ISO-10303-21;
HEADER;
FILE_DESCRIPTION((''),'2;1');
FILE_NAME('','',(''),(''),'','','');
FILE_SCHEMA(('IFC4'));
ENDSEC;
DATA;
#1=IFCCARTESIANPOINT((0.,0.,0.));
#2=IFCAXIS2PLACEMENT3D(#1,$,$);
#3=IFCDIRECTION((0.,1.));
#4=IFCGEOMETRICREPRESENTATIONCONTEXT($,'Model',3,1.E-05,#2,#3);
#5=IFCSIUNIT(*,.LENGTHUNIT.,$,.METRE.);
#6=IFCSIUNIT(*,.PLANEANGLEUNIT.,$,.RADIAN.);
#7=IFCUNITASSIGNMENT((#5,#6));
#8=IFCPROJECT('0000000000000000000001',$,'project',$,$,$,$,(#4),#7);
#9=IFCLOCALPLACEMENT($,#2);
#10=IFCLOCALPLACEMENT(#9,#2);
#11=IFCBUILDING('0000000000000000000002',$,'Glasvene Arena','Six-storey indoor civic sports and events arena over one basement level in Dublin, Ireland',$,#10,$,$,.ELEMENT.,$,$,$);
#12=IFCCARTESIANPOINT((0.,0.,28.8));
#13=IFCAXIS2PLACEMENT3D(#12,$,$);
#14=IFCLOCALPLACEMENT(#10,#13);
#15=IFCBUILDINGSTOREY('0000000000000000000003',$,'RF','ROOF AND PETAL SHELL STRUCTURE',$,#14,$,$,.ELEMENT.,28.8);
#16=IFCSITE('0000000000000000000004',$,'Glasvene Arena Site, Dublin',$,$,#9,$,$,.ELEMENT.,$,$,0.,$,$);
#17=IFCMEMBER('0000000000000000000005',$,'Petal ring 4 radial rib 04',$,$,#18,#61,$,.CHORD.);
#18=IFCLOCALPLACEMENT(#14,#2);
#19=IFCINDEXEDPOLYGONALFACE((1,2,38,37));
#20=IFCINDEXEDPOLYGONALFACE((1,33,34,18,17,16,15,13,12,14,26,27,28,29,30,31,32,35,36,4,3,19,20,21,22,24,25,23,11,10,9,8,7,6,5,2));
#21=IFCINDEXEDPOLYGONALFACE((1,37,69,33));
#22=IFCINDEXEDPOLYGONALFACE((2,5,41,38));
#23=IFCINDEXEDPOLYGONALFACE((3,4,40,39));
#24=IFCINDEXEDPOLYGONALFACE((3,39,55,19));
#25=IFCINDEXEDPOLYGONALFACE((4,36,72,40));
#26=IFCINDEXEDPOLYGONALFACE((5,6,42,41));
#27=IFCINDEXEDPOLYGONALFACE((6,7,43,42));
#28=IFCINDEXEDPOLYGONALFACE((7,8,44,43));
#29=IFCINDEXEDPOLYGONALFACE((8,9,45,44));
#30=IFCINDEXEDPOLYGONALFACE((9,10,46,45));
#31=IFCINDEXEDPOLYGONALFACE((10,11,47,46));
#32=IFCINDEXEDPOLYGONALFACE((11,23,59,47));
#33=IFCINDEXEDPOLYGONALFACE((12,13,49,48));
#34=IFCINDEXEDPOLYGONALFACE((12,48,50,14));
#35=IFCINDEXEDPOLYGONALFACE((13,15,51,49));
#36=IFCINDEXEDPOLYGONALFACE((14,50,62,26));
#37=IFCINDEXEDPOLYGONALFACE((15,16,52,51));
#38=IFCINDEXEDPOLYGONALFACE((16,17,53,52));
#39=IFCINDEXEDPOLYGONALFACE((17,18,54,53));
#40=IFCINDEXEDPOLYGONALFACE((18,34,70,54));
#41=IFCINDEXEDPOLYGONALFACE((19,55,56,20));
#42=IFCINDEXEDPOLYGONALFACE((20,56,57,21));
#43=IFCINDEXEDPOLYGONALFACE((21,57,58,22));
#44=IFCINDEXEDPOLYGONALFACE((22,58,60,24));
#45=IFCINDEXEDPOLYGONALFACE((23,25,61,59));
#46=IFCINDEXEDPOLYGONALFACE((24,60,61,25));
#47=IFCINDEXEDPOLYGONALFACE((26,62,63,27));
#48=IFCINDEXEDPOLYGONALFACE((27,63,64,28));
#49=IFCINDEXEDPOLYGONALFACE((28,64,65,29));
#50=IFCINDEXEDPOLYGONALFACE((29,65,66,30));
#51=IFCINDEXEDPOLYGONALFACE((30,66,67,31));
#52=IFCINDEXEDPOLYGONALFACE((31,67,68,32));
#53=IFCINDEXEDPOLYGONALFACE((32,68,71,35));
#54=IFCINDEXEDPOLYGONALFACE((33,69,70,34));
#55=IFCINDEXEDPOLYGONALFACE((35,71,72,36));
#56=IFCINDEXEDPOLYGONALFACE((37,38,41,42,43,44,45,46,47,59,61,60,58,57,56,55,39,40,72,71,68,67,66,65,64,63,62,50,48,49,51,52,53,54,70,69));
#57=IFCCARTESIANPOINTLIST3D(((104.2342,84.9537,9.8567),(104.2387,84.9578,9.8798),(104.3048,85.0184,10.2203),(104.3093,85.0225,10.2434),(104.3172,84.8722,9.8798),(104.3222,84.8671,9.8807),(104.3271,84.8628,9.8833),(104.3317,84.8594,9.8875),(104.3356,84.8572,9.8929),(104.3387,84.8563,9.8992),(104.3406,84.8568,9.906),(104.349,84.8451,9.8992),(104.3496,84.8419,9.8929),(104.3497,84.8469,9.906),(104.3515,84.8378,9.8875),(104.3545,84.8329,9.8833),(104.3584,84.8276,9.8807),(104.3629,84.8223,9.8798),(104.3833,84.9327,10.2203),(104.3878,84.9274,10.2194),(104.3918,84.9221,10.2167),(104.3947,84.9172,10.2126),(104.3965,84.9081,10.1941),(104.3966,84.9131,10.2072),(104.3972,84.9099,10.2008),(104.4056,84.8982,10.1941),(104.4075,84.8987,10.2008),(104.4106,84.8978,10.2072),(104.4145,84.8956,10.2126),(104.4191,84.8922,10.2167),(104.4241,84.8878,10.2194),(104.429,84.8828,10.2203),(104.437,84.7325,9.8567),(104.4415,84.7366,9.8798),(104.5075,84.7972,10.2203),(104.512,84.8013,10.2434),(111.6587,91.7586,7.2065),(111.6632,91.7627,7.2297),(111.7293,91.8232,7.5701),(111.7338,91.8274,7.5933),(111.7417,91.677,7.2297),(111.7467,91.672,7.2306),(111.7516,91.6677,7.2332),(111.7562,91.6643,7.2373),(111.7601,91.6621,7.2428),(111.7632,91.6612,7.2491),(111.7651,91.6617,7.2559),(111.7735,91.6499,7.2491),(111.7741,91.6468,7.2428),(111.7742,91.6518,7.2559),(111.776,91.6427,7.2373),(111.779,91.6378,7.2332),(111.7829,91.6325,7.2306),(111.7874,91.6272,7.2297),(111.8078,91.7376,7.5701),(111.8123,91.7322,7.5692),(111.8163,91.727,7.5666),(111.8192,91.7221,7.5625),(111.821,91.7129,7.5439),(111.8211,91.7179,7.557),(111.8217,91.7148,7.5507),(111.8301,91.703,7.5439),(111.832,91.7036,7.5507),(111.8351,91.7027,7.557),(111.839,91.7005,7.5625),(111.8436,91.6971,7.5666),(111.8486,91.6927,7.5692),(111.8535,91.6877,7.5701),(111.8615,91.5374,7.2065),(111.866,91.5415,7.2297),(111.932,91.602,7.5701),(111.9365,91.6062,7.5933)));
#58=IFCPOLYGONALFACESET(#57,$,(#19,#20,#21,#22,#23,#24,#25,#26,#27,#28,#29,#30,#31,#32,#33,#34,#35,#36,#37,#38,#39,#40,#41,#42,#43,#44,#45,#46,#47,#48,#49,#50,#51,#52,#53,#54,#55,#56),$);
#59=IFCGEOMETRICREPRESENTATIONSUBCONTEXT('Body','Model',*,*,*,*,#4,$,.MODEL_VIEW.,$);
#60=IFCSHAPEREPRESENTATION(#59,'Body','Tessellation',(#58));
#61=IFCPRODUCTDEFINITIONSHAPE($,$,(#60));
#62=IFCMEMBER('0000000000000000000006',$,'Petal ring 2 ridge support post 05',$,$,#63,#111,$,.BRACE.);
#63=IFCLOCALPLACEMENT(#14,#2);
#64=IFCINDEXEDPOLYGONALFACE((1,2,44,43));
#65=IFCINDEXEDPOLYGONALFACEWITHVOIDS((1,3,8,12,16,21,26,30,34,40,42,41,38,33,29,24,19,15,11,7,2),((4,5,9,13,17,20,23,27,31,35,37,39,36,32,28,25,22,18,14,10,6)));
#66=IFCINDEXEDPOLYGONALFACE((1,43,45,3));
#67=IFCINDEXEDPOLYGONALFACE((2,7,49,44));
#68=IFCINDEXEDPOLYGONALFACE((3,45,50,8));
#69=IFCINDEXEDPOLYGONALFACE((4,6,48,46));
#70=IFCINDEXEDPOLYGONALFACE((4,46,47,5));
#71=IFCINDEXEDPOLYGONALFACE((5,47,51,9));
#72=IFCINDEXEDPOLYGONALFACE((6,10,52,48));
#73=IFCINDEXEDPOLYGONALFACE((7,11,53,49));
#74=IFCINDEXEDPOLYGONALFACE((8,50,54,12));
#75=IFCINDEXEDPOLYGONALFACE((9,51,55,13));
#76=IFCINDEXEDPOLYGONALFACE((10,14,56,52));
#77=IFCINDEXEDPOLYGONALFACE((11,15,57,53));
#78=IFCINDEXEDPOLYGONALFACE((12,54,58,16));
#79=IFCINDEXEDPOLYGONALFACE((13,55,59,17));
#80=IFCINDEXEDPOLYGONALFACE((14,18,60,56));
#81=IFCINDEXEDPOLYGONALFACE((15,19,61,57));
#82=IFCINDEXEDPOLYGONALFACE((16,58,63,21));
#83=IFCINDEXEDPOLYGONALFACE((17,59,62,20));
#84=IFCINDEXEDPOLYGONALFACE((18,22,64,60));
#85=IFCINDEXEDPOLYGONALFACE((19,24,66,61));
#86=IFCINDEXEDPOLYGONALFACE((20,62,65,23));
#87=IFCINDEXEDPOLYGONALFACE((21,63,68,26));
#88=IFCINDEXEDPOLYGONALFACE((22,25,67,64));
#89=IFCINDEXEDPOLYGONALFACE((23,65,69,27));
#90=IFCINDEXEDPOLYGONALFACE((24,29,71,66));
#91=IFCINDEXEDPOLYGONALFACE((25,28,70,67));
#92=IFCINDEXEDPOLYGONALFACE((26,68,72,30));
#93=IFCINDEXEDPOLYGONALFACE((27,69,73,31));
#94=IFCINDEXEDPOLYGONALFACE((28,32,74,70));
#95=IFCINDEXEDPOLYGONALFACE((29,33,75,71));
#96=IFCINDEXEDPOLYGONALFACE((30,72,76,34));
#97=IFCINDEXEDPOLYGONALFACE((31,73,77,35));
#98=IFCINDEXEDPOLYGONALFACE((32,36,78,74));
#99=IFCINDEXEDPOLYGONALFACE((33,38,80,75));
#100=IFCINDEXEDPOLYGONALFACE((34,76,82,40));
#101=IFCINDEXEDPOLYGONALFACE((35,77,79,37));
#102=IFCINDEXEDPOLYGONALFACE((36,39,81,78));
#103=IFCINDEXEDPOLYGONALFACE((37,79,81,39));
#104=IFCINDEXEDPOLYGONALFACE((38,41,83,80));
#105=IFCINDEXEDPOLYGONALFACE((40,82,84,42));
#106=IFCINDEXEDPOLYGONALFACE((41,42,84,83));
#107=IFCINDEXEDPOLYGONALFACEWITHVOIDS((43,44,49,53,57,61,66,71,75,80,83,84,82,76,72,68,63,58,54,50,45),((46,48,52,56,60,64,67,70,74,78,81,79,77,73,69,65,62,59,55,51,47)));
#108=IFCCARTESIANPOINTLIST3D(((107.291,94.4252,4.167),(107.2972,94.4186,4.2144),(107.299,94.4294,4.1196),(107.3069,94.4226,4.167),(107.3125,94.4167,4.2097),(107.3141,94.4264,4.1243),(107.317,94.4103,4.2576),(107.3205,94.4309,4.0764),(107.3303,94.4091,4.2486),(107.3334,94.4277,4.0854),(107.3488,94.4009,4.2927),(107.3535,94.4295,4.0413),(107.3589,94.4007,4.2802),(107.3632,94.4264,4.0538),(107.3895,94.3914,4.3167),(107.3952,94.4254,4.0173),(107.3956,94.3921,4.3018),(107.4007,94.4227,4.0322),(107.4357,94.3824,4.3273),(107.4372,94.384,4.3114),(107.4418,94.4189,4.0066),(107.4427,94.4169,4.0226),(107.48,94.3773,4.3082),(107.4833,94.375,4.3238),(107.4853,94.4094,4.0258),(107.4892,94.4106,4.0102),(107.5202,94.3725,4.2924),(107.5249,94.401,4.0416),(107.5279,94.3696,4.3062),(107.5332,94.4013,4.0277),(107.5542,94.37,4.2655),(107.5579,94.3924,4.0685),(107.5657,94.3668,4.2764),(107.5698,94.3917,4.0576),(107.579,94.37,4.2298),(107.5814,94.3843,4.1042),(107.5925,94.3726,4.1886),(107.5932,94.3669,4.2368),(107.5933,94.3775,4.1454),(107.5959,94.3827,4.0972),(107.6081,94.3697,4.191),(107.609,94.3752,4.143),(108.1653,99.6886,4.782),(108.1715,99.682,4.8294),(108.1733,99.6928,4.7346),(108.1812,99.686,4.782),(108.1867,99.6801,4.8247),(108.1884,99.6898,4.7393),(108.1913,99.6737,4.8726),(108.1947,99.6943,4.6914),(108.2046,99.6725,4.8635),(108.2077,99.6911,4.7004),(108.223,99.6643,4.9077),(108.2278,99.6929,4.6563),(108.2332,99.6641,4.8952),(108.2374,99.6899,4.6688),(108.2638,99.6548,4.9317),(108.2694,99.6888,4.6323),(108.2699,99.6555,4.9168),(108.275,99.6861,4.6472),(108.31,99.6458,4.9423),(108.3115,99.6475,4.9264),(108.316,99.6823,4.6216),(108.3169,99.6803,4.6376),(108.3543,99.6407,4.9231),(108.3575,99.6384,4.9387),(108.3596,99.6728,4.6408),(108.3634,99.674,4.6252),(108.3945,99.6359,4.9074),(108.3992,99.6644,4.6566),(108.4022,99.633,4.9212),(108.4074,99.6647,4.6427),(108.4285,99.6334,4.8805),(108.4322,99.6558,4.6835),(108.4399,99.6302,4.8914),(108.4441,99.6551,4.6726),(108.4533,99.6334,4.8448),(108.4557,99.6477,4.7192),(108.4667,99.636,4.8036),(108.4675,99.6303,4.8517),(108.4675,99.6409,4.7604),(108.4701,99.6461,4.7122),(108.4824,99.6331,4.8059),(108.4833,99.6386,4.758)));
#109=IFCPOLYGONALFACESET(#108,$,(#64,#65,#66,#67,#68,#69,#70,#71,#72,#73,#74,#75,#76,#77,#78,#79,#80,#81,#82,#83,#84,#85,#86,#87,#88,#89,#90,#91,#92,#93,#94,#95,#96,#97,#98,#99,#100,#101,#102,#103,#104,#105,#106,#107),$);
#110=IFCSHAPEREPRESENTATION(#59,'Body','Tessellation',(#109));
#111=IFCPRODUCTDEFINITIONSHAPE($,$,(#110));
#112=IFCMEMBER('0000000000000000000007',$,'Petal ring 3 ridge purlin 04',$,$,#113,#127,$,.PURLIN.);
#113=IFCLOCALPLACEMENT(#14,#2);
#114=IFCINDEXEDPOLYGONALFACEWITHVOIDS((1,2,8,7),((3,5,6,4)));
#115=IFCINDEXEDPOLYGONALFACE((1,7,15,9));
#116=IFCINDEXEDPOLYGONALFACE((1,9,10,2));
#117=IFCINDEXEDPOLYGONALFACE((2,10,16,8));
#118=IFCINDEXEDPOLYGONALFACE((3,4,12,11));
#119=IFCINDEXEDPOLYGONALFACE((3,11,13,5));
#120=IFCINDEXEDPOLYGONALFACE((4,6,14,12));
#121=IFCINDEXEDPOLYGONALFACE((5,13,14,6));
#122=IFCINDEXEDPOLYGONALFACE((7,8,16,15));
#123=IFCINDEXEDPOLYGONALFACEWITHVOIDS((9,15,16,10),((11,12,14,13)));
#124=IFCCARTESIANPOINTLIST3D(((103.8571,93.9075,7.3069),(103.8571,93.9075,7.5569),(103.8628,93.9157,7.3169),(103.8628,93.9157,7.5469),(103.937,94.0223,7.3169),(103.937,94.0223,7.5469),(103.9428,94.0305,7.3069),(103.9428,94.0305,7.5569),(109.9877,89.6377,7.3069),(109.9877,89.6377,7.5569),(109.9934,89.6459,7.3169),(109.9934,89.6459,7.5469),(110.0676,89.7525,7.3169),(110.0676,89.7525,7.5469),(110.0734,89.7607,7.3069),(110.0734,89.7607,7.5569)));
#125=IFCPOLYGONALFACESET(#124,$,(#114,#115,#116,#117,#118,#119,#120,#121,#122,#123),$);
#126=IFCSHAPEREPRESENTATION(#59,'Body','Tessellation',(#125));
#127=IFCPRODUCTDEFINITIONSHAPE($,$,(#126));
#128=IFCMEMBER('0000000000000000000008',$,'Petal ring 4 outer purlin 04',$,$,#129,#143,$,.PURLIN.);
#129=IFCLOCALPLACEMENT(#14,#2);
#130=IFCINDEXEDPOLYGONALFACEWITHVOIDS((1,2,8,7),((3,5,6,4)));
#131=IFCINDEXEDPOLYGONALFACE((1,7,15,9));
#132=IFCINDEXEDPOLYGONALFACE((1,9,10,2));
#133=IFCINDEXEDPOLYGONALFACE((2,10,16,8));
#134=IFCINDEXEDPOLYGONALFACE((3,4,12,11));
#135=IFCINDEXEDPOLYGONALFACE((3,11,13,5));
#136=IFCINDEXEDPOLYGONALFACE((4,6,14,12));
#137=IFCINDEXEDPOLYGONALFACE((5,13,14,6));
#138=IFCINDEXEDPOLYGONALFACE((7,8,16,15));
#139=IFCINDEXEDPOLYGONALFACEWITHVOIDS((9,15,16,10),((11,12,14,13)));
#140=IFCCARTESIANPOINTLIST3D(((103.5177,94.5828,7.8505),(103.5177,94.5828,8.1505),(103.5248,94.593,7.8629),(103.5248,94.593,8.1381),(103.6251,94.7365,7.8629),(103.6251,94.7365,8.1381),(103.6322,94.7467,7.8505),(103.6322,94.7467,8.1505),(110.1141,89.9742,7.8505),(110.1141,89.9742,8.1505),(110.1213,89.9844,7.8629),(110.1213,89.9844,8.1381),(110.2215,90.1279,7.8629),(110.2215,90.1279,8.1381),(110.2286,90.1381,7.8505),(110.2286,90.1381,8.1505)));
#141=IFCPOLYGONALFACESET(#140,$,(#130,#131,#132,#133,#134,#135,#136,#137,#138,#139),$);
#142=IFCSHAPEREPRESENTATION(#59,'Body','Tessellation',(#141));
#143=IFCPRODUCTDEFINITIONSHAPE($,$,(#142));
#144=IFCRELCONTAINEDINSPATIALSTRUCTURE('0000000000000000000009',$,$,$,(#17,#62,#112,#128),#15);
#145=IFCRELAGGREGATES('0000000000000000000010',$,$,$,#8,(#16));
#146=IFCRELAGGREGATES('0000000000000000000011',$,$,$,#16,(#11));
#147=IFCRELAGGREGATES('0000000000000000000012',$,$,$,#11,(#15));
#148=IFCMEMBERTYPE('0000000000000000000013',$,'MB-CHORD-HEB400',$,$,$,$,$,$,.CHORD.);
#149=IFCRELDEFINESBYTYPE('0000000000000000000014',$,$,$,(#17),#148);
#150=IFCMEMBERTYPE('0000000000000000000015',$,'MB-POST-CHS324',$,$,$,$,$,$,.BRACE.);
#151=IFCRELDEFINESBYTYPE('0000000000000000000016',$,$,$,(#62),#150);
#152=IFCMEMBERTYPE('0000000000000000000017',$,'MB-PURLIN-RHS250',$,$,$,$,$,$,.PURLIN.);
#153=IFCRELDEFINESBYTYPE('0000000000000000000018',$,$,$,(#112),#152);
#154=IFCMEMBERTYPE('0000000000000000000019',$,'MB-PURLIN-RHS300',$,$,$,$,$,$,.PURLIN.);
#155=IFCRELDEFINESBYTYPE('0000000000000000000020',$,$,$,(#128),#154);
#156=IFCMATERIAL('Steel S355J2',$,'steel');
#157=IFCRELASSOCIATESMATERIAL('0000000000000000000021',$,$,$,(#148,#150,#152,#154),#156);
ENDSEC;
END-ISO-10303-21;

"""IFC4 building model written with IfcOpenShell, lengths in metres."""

from ifc_helpers import new_model, si_unit, direction, frame, origin, origin_2d, place, context, subcontext, project, spatial, hollow_rectangle, hollow_circle, i_section, extrude, material, material_profile, profile_set, type_object, element, save


model = new_model("IFC4")

# Units and contexts
model_context = context("Model", 3, precision=1e-05, world=origin(), true_north=direction((0.0, 1.0)))
body_context = subcontext(model_context, "Body", "Model", "MODEL_VIEW")
ifc_project = project(units=[si_unit("LENGTHUNIT", "METRE"), si_unit("PLANEANGLEUNIT", "RADIAN")], contexts=[model_context])

# Site, building, storey
site_placement = place(None, origin())
site = spatial("IfcSite", under=ifc_project, at=site_placement, Name="Glasvene Arena Site, Dublin", CompositionType="ELEMENT", RefElevation=0.0)
building_placement = place(site_placement, origin())
building = spatial("IfcBuilding", under=site, at=building_placement, Name="Glasvene Arena", Description="Six-storey indoor civic sports and events arena over one basement level in Dublin, Ireland", CompositionType="ELEMENT")
storey_placement = place(building_placement, frame((0.0, 0.0, 28.8)))
storey = spatial("IfcBuildingStorey", under=building, at=storey_placement, Name="RF", Description="ROOF AND PETAL SHELL STRUCTURE", CompositionType="ELEMENT", Elevation=28.8)

# Members
ifc_material_1 = material(Name="Steel S355J2", Category="steel")
ifc_material_profile_1 = material_profile(ifc_material_1, i_section(OverallWidth=0.3, OverallDepth=0.3999, WebThickness=0.0134, FlangeThickness=0.0239, FilletRadius=0.0271, at=origin_2d()), Name="HEB 400")
ifc_profile_set_1 = profile_set([ifc_material_profile_1], Name="Steel S355J2")
member_type_1 = type_object("IfcMemberType", Name="MB-CHORD-HEB400", PredefinedType="CHORD", material=ifc_profile_set_1)
member_1_placement = place(storey_placement, frame((111.7976, 91.6824, 7.3999), z_axis=(-0.71293, -0.653431, 0.254476), x_axis=(0.675675, -0.737199, 0.0)))
element("IfcMember", 1, at=member_1_placement, inside=storey, type_object=member_type_1, Name="Petal ring 4 radial rib 04", PredefinedType="CHORD", context=body_context, shape_type="SweptSolid", body=[
    extrude(i_section(OverallWidth=0.3, OverallDepth=0.3999, WebThickness=0.0134, FlangeThickness=0.0239, FilletRadius=0.0271, at=origin_2d()), origin(), (0.0, 0.0, 1.0), 10.4141),
])
ifc_material_profile_2 = material_profile(ifc_material_1, hollow_circle(Radius=0.1619, WallThickness=0.0161, at=origin_2d()), Name="CHS 323.9x16.0")
ifc_profile_set_2 = profile_set([ifc_material_profile_2], Name="Steel S355J2")
member_type_2 = type_object("IfcMemberType", Name="MB-POST-CHS324", PredefinedType="BRACE", material=ifc_profile_set_2)
member_2_placement = place(storey_placement, frame((107.4507, 94.3987, 4.167), z_axis=(0.16278, 0.979996, 0.114505), x_axis=(-0.986484, 0.163857, 0.0)))
element("IfcMember", 2, at=member_2_placement, inside=storey, type_object=member_type_2, Name="Petal ring 2 ridge support post 05", PredefinedType="BRACE", context=body_context, shape_type="SweptSolid", body=[
    extrude(hollow_circle(Radius=0.1619, WallThickness=0.0161, at=origin_2d()), origin(), (0.0, 0.0, 1.0), 5.3708),
])
ifc_material_profile_3 = material_profile(ifc_material_1, hollow_rectangle(XDim=0.1499, YDim=0.25, WallThickness=0.01, at=origin_2d()), Name="RHS 250x150x10.0")
ifc_profile_set_3 = profile_set([ifc_material_profile_3], Name="Steel S355J2")
member_type_3 = type_object("IfcMemberType", Name="MB-PURLIN-RHS250", PredefinedType="PURLIN", material=ifc_profile_set_3)
member_3_placement = place(storey_placement, frame((110.0305, 89.6992, 7.4319), z_axis=(-0.820591, 0.571515, 0.0), x_axis=(-0.571515, -0.820591, 0.0)))
element("IfcMember", 3, at=member_3_placement, inside=storey, type_object=member_type_3, Name="Petal ring 3 ridge purlin 04", PredefinedType="PURLIN", context=body_context, shape_type="SweptSolid", body=[
    extrude(hollow_rectangle(XDim=0.1499, YDim=0.25, WallThickness=0.01, at=origin_2d()), origin(), (0.0, 0.0, 1.0), 7.4709),
])
ifc_material_profile_4 = material_profile(ifc_material_1, hollow_rectangle(XDim=0.2, YDim=0.3, WallThickness=0.0125, at=origin_2d()), Name="RHS 300x200x12.5")
ifc_profile_set_4 = profile_set([ifc_material_profile_4], Name="Steel S355J2")
member_type_4 = type_object("IfcMemberType", Name="MB-PURLIN-RHS300", PredefinedType="PURLIN", material=ifc_profile_set_4)
member_4_placement = place(storey_placement, frame((110.1714, 90.0562, 8.0005), z_axis=(-0.819749, 0.572723, 0.0), x_axis=(-0.572723, -0.819749, 0.0)))
element("IfcMember", 4, at=member_4_placement, inside=storey, type_object=member_type_4, Name="Petal ring 4 outer purlin 04", PredefinedType="PURLIN", context=body_context, shape_type="SweptSolid", body=[
    extrude(hollow_rectangle(XDim=0.2, YDim=0.3, WallThickness=0.0125, at=origin_2d()), origin(), (0.0, 0.0, 1.0), 8.0469),
])

save(model, "model.ifc")
